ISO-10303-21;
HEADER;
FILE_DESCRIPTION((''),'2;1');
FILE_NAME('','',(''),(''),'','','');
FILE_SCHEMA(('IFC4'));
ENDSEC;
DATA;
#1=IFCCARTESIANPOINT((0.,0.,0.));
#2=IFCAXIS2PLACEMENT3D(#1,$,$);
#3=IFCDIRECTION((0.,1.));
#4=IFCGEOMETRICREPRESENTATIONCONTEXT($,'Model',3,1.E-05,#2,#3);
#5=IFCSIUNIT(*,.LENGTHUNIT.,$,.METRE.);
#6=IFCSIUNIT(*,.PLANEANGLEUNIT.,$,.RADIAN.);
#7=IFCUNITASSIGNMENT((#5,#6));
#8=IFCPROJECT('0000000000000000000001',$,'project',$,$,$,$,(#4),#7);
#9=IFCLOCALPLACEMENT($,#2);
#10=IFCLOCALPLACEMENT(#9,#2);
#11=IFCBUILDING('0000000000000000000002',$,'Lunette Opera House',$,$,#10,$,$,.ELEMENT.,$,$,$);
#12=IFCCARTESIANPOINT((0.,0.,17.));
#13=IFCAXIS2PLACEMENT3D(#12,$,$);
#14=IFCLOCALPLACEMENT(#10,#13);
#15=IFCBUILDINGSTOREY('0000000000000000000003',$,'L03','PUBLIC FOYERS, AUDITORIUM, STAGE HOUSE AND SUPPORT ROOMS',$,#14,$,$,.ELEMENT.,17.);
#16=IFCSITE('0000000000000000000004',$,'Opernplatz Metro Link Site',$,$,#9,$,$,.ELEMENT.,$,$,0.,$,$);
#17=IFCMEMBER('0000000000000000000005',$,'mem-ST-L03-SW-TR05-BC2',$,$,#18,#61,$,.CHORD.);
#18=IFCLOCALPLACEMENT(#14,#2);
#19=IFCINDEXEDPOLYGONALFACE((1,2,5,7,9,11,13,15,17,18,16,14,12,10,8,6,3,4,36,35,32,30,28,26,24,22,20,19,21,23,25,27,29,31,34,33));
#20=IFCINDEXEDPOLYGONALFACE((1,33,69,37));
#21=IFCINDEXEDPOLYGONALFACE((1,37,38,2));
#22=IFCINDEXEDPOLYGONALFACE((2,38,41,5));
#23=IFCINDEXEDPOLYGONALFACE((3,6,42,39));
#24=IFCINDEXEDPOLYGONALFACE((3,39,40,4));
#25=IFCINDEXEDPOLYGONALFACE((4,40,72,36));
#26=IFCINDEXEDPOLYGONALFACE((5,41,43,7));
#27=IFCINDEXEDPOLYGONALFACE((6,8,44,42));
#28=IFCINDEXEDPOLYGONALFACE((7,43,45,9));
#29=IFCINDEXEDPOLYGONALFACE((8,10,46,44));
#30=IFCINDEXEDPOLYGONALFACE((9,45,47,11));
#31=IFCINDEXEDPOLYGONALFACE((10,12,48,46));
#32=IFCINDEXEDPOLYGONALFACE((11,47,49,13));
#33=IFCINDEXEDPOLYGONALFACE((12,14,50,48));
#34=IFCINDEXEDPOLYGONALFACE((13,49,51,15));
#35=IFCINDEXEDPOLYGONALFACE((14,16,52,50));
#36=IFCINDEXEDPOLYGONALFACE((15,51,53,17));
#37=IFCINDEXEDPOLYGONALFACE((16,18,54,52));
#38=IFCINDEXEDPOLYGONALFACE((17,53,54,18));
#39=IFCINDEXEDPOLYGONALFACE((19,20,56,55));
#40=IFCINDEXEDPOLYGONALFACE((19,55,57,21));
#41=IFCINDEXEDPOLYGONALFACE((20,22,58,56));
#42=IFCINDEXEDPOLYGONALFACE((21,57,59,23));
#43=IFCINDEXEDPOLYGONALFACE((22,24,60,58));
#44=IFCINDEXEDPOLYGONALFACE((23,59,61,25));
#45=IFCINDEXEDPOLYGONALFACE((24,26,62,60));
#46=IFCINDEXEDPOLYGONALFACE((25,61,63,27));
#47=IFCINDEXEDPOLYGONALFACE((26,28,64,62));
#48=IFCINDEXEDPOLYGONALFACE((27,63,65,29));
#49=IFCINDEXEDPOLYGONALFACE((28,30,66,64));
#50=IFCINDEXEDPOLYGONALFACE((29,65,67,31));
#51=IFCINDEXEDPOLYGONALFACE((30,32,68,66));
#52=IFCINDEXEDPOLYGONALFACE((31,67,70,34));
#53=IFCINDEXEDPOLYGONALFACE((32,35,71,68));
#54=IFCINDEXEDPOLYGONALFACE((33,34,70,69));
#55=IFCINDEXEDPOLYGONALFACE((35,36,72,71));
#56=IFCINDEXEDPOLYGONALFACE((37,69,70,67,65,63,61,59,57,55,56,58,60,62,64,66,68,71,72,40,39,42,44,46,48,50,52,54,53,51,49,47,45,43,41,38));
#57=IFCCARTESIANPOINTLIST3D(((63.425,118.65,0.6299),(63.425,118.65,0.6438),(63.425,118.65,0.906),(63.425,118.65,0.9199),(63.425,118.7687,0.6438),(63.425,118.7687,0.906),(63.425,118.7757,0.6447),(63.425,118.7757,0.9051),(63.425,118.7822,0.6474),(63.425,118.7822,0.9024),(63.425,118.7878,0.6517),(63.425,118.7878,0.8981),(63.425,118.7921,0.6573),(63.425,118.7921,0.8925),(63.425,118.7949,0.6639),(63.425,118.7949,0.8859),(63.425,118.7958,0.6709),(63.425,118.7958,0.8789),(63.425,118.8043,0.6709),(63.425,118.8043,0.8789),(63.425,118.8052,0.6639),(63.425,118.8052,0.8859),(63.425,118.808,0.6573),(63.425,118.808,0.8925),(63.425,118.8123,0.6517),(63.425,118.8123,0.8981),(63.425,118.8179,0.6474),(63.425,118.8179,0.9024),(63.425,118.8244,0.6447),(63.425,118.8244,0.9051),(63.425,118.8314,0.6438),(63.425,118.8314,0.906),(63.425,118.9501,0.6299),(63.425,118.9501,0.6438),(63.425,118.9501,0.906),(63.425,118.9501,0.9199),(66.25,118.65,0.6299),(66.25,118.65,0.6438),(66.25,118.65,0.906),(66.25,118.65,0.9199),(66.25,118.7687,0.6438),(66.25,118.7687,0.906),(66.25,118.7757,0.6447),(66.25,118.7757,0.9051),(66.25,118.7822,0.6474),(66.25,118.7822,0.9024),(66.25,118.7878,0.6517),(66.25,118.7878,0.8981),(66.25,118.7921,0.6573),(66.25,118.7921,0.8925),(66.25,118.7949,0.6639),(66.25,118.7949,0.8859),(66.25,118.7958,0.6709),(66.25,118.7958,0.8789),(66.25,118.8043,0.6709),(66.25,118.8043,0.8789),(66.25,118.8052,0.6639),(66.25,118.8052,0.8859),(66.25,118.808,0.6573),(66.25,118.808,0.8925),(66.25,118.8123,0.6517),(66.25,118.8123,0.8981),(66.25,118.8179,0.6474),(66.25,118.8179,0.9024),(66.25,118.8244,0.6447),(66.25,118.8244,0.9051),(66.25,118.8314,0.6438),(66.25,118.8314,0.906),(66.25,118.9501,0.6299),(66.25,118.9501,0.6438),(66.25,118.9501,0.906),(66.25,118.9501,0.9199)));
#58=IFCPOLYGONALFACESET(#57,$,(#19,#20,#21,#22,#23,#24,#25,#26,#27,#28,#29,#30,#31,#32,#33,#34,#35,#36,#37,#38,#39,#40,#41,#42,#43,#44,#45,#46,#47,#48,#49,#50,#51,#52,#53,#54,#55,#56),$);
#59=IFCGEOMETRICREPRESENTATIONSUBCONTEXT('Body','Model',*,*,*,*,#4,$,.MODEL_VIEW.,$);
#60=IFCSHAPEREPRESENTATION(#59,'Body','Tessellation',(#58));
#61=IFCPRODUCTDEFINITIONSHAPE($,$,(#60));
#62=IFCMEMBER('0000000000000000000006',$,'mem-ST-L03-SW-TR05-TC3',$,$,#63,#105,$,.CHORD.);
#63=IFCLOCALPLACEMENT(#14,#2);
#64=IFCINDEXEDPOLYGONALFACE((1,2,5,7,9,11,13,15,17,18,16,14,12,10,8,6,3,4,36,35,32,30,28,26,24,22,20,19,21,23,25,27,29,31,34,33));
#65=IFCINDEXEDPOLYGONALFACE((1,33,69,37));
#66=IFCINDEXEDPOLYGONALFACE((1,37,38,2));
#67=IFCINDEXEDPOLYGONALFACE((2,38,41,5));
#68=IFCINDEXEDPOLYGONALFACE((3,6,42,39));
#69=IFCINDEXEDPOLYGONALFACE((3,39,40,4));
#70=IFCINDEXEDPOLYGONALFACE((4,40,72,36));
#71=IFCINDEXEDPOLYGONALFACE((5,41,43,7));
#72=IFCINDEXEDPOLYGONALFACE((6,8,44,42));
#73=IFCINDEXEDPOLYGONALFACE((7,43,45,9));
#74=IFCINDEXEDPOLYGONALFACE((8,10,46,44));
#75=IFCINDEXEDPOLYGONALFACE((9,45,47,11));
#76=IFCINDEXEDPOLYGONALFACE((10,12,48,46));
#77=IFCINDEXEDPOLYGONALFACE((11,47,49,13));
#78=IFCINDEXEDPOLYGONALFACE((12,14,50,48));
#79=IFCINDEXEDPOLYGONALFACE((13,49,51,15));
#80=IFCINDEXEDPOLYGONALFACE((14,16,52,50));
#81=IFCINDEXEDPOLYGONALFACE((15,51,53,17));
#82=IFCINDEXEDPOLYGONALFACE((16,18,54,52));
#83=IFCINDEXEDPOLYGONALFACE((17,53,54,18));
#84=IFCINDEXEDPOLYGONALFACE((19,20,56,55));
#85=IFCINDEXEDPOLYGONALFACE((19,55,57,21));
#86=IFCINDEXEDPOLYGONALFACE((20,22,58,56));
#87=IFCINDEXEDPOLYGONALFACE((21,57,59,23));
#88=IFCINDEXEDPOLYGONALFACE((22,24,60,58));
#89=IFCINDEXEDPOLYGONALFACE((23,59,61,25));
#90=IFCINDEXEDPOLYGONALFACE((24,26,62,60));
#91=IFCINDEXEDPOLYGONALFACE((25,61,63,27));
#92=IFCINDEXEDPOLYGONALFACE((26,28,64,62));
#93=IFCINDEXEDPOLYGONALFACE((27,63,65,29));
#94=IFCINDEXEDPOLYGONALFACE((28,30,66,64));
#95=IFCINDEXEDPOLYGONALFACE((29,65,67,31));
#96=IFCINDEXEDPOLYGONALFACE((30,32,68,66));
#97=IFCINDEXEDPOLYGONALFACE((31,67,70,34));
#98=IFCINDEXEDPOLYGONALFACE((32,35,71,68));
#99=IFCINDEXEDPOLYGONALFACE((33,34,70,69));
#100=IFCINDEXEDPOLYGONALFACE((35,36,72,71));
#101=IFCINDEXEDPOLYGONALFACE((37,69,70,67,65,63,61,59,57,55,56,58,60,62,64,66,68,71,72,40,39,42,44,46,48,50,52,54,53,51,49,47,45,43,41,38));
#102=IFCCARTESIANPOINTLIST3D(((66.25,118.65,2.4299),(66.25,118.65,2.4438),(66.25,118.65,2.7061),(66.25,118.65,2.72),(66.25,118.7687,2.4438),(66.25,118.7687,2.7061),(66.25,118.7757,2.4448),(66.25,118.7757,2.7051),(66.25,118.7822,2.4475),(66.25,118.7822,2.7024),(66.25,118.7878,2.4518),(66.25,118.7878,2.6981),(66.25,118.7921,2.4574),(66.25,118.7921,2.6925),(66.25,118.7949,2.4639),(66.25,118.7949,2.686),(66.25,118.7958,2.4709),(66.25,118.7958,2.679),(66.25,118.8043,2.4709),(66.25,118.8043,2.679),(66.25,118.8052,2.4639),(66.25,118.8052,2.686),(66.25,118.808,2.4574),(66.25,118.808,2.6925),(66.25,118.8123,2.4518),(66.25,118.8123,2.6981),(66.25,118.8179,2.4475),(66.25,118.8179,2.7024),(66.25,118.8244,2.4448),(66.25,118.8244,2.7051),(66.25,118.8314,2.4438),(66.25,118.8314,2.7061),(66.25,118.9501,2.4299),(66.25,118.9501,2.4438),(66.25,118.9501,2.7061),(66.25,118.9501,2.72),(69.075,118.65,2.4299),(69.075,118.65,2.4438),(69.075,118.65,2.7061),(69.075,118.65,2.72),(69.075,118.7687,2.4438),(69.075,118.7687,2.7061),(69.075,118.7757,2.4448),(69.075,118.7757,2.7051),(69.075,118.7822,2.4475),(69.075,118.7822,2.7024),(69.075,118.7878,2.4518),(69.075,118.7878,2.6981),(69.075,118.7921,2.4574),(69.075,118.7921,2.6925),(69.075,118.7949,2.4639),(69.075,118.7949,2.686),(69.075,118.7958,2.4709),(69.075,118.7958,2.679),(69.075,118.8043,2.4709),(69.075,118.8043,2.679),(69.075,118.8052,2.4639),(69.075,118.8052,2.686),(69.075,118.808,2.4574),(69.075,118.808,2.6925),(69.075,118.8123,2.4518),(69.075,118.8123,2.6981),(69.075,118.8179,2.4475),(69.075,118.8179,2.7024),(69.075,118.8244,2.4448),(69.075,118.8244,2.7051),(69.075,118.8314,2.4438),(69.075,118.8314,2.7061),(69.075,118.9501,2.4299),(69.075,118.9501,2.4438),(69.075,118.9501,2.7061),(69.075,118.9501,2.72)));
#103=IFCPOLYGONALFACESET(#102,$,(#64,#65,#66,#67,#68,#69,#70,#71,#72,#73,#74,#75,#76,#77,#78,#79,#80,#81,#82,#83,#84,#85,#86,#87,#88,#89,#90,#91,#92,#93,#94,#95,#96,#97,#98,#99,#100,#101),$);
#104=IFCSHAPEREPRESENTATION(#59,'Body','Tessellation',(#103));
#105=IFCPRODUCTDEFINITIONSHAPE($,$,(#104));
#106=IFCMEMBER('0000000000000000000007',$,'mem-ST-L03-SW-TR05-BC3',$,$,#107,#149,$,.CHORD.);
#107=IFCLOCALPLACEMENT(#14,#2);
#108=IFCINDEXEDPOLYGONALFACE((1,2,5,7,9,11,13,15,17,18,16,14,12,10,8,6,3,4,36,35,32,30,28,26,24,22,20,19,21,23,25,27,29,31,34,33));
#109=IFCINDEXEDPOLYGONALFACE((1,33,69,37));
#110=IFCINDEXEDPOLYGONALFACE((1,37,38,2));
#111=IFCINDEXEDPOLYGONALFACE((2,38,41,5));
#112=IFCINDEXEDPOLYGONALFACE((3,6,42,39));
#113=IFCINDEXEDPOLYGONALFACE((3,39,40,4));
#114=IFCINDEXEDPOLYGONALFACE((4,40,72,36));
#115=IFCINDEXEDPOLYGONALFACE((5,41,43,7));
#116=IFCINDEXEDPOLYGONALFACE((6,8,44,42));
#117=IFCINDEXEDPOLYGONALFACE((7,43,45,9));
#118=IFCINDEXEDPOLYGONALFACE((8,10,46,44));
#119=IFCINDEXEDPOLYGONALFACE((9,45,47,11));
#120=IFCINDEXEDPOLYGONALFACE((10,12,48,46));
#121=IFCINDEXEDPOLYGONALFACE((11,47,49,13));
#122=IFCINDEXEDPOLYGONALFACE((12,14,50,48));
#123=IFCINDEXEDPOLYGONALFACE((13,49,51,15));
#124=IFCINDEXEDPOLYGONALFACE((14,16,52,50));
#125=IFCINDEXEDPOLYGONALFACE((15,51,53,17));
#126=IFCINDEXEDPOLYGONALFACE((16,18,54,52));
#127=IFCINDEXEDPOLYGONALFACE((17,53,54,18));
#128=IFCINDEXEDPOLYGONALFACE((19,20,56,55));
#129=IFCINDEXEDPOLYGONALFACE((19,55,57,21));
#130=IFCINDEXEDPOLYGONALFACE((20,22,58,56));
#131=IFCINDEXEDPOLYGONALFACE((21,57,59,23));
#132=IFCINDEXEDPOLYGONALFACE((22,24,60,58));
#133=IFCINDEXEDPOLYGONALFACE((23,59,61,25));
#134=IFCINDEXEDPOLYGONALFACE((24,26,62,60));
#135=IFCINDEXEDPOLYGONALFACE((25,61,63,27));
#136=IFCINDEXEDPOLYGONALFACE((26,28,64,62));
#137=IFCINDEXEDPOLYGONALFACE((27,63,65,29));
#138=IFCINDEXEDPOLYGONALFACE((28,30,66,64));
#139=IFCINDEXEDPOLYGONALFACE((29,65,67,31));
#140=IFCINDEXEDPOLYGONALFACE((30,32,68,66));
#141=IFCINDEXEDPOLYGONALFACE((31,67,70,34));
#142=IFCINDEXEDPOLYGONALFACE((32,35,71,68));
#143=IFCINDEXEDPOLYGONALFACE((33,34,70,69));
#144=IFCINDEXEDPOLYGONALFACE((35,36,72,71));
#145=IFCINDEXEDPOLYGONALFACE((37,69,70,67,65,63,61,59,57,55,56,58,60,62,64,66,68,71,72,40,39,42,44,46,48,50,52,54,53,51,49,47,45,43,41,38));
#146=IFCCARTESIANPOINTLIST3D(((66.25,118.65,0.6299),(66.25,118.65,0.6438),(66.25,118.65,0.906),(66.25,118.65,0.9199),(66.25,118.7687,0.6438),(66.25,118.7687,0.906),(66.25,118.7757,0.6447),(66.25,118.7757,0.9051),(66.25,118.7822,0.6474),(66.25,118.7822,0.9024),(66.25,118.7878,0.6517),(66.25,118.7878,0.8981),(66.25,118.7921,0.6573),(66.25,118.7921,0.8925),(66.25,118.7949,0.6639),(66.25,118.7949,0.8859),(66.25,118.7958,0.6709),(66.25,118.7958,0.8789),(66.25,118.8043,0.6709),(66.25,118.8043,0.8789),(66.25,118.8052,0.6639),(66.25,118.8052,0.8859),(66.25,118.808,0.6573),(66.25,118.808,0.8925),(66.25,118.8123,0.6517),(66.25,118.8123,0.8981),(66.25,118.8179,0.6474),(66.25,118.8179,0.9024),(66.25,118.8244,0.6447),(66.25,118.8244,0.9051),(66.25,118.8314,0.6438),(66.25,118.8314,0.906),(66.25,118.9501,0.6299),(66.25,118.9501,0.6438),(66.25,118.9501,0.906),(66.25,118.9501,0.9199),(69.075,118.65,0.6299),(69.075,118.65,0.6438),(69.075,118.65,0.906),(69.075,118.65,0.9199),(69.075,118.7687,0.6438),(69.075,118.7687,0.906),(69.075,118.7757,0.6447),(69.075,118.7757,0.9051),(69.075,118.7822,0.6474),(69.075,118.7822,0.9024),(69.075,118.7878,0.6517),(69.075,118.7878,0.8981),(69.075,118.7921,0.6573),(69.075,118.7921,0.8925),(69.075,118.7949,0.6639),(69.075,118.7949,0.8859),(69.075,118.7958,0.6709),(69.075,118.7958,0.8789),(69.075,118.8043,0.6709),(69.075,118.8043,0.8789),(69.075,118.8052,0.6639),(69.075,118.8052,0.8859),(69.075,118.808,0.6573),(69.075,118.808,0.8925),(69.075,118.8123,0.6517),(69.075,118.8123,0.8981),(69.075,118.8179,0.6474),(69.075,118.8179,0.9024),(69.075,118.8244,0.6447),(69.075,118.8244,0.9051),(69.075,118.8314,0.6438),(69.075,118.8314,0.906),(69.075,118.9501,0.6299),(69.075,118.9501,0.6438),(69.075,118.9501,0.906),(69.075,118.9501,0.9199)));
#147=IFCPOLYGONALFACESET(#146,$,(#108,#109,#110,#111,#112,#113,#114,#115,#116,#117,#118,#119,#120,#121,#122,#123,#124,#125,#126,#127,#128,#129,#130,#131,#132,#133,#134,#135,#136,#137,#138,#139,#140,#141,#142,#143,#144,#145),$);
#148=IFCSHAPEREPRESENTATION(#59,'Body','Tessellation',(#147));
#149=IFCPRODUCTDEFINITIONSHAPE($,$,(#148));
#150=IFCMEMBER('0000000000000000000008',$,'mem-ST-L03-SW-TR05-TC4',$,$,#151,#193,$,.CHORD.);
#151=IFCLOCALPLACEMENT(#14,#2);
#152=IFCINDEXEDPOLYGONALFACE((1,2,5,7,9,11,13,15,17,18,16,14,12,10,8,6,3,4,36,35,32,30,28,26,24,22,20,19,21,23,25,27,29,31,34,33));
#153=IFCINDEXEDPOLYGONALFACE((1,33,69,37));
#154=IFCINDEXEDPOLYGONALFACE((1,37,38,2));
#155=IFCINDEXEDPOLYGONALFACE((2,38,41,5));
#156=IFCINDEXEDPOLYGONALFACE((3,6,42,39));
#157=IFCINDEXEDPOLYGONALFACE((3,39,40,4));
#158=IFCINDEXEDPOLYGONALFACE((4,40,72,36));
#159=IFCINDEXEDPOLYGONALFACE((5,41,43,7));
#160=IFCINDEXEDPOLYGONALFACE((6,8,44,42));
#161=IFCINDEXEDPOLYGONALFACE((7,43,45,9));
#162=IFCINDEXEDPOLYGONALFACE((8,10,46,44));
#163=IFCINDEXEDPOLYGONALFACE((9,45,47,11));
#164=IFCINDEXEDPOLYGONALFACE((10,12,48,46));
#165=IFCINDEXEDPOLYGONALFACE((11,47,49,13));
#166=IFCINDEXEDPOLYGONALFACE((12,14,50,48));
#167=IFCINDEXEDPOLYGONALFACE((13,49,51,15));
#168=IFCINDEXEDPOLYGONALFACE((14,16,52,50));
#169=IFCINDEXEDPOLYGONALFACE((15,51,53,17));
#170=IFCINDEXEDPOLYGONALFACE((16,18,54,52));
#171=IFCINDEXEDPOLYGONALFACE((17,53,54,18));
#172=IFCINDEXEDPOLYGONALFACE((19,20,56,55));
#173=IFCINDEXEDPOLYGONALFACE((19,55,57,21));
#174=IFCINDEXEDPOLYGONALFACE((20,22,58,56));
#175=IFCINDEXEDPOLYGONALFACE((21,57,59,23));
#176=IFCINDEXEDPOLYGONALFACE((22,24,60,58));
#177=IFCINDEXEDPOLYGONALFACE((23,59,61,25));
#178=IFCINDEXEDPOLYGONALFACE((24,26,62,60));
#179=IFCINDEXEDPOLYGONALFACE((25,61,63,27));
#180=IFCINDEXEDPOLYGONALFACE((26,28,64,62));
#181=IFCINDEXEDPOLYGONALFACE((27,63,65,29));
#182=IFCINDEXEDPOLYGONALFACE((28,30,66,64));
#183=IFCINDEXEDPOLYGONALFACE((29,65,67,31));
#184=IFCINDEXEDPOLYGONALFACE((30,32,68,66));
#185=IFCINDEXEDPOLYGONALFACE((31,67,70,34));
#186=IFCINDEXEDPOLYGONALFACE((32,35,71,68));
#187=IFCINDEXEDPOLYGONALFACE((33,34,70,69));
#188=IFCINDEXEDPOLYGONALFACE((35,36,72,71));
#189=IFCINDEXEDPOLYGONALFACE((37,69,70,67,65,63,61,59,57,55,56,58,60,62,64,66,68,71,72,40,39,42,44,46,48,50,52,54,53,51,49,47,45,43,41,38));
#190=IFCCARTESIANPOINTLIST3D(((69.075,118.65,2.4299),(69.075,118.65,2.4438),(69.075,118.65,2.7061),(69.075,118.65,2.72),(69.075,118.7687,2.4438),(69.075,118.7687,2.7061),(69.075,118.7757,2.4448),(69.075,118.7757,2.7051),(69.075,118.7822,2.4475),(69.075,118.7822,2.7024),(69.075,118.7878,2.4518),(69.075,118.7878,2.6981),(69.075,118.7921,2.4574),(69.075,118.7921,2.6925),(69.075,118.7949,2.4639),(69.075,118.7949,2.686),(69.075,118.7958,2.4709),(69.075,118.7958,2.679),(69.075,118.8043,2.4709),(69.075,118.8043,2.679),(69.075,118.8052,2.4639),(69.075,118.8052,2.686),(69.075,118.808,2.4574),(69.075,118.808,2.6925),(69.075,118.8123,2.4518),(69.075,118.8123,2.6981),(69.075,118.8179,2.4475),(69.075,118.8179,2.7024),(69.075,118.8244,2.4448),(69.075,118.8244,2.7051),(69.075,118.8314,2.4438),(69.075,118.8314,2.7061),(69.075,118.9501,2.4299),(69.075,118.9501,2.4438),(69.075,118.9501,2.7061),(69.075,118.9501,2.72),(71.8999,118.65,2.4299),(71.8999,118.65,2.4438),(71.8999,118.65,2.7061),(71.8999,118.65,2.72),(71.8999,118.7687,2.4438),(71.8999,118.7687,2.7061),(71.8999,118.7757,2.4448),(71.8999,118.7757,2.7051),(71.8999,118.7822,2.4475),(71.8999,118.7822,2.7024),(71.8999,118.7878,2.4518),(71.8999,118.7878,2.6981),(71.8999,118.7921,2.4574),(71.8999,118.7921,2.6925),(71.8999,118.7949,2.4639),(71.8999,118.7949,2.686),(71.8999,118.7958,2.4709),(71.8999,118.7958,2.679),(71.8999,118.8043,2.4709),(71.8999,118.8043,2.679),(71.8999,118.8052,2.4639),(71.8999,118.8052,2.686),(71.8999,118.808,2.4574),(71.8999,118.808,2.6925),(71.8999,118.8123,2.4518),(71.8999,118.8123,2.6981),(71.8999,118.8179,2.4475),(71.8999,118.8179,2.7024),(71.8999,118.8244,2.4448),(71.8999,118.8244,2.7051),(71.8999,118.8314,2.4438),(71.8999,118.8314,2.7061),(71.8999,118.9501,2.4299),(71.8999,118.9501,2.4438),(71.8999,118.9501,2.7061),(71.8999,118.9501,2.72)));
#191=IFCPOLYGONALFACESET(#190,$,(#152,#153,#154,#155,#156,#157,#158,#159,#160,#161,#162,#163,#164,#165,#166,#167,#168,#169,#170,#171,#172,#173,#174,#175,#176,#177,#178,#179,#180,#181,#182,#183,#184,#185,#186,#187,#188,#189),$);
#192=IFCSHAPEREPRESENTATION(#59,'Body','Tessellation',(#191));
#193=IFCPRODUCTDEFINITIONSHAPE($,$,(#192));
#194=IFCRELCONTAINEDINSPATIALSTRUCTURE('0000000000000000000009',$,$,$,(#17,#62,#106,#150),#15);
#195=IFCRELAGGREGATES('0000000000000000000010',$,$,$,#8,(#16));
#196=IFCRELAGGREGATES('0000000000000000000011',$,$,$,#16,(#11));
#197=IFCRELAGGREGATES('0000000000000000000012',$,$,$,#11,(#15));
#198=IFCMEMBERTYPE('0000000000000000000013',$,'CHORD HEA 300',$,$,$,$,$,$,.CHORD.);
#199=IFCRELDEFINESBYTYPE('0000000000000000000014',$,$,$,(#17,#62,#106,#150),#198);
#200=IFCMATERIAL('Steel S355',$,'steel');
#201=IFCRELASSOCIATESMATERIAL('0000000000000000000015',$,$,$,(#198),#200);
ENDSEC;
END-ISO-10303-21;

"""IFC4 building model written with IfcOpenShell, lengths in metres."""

from ifc_helpers import new_model, si_unit, direction, frame, origin, origin_2d, place, context, subcontext, project, spatial, i_section, extrude, material, material_profile, profile_set, type_object, element, save


model = new_model("IFC4")

# Units and contexts
model_context = context("Model", 3, precision=1e-05, world=origin(), true_north=direction((0.0, 1.0)))
body_context = subcontext(model_context, "Body", "Model", "MODEL_VIEW")
ifc_project = project(units=[si_unit("LENGTHUNIT", "METRE"), si_unit("PLANEANGLEUNIT", "RADIAN")], contexts=[model_context])

# Site, building, storey
site_placement = place(None, origin())
site = spatial("IfcSite", under=ifc_project, at=site_placement, Name="Opernplatz Metro Link Site", CompositionType="ELEMENT", RefElevation=0.0)
building_placement = place(site_placement, origin())
building = spatial("IfcBuilding", under=site, at=building_placement, Name="Lunette Opera House", CompositionType="ELEMENT")
storey_placement = place(building_placement, frame((0.0, 0.0, 17.0)))
storey = spatial("IfcBuildingStorey", under=building, at=storey_placement, Name="L03", Description="PUBLIC FOYERS, AUDITORIUM, STAGE HOUSE AND SUPPORT ROOMS", CompositionType="ELEMENT", Elevation=17.0)

# Members
ifc_material_1 = material(Name="Steel S355", Category="steel")
ifc_material_profile_1 = material_profile(ifc_material_1, i_section(OverallWidth=0.3, OverallDepth=0.29, WebThickness=0.0085, FlangeThickness=0.0139, FilletRadius=0.0271, at=origin_2d()), Name="HEA 300")
ifc_profile_set_1 = profile_set([ifc_material_profile_1], Name="Steel S355")
member_type_1 = type_object("IfcMemberType", Name="CHORD HEA 300", PredefinedType="CHORD", material=ifc_profile_set_1)
for number, where, z_axis, x_axis, name in (
    (1, (63.425, 118.8, 0.7749), (1.0, 0.0, 0.0), (0.0, 1.0, 0.0), "mem-ST-L03-SW-TR05-BC2"),
    (2, (66.25, 118.8, 2.575), (1.0, 0.0, 0.0), (0.0, 1.0, 0.0), "mem-ST-L03-SW-TR05-TC3"),
    (3, (66.25, 118.8, 0.7749), (1.0, 0.0, 0.0), (0.0, 1.0, 0.0), "mem-ST-L03-SW-TR05-BC3"),
    (4, (69.075, 118.8, 2.575), (1.0, 0.0, 0.0), (0.0, 1.0, 0.0), "mem-ST-L03-SW-TR05-TC4"),
):
    element("IfcMember", number, at=place(storey_placement, frame(where, z_axis=z_axis, x_axis=x_axis)), inside=storey, type_object=member_type_1, Name=name, PredefinedType="CHORD", context=body_context, shape_type="SweptSolid", body=[
        extrude(i_section(OverallWidth=0.3, OverallDepth=0.29, WebThickness=0.0085, FlangeThickness=0.0139, FilletRadius=0.0271, at=origin_2d()), origin(), (0.0, 0.0, 1.0), 2.825),
    ])

save(model, "model.ifc")
